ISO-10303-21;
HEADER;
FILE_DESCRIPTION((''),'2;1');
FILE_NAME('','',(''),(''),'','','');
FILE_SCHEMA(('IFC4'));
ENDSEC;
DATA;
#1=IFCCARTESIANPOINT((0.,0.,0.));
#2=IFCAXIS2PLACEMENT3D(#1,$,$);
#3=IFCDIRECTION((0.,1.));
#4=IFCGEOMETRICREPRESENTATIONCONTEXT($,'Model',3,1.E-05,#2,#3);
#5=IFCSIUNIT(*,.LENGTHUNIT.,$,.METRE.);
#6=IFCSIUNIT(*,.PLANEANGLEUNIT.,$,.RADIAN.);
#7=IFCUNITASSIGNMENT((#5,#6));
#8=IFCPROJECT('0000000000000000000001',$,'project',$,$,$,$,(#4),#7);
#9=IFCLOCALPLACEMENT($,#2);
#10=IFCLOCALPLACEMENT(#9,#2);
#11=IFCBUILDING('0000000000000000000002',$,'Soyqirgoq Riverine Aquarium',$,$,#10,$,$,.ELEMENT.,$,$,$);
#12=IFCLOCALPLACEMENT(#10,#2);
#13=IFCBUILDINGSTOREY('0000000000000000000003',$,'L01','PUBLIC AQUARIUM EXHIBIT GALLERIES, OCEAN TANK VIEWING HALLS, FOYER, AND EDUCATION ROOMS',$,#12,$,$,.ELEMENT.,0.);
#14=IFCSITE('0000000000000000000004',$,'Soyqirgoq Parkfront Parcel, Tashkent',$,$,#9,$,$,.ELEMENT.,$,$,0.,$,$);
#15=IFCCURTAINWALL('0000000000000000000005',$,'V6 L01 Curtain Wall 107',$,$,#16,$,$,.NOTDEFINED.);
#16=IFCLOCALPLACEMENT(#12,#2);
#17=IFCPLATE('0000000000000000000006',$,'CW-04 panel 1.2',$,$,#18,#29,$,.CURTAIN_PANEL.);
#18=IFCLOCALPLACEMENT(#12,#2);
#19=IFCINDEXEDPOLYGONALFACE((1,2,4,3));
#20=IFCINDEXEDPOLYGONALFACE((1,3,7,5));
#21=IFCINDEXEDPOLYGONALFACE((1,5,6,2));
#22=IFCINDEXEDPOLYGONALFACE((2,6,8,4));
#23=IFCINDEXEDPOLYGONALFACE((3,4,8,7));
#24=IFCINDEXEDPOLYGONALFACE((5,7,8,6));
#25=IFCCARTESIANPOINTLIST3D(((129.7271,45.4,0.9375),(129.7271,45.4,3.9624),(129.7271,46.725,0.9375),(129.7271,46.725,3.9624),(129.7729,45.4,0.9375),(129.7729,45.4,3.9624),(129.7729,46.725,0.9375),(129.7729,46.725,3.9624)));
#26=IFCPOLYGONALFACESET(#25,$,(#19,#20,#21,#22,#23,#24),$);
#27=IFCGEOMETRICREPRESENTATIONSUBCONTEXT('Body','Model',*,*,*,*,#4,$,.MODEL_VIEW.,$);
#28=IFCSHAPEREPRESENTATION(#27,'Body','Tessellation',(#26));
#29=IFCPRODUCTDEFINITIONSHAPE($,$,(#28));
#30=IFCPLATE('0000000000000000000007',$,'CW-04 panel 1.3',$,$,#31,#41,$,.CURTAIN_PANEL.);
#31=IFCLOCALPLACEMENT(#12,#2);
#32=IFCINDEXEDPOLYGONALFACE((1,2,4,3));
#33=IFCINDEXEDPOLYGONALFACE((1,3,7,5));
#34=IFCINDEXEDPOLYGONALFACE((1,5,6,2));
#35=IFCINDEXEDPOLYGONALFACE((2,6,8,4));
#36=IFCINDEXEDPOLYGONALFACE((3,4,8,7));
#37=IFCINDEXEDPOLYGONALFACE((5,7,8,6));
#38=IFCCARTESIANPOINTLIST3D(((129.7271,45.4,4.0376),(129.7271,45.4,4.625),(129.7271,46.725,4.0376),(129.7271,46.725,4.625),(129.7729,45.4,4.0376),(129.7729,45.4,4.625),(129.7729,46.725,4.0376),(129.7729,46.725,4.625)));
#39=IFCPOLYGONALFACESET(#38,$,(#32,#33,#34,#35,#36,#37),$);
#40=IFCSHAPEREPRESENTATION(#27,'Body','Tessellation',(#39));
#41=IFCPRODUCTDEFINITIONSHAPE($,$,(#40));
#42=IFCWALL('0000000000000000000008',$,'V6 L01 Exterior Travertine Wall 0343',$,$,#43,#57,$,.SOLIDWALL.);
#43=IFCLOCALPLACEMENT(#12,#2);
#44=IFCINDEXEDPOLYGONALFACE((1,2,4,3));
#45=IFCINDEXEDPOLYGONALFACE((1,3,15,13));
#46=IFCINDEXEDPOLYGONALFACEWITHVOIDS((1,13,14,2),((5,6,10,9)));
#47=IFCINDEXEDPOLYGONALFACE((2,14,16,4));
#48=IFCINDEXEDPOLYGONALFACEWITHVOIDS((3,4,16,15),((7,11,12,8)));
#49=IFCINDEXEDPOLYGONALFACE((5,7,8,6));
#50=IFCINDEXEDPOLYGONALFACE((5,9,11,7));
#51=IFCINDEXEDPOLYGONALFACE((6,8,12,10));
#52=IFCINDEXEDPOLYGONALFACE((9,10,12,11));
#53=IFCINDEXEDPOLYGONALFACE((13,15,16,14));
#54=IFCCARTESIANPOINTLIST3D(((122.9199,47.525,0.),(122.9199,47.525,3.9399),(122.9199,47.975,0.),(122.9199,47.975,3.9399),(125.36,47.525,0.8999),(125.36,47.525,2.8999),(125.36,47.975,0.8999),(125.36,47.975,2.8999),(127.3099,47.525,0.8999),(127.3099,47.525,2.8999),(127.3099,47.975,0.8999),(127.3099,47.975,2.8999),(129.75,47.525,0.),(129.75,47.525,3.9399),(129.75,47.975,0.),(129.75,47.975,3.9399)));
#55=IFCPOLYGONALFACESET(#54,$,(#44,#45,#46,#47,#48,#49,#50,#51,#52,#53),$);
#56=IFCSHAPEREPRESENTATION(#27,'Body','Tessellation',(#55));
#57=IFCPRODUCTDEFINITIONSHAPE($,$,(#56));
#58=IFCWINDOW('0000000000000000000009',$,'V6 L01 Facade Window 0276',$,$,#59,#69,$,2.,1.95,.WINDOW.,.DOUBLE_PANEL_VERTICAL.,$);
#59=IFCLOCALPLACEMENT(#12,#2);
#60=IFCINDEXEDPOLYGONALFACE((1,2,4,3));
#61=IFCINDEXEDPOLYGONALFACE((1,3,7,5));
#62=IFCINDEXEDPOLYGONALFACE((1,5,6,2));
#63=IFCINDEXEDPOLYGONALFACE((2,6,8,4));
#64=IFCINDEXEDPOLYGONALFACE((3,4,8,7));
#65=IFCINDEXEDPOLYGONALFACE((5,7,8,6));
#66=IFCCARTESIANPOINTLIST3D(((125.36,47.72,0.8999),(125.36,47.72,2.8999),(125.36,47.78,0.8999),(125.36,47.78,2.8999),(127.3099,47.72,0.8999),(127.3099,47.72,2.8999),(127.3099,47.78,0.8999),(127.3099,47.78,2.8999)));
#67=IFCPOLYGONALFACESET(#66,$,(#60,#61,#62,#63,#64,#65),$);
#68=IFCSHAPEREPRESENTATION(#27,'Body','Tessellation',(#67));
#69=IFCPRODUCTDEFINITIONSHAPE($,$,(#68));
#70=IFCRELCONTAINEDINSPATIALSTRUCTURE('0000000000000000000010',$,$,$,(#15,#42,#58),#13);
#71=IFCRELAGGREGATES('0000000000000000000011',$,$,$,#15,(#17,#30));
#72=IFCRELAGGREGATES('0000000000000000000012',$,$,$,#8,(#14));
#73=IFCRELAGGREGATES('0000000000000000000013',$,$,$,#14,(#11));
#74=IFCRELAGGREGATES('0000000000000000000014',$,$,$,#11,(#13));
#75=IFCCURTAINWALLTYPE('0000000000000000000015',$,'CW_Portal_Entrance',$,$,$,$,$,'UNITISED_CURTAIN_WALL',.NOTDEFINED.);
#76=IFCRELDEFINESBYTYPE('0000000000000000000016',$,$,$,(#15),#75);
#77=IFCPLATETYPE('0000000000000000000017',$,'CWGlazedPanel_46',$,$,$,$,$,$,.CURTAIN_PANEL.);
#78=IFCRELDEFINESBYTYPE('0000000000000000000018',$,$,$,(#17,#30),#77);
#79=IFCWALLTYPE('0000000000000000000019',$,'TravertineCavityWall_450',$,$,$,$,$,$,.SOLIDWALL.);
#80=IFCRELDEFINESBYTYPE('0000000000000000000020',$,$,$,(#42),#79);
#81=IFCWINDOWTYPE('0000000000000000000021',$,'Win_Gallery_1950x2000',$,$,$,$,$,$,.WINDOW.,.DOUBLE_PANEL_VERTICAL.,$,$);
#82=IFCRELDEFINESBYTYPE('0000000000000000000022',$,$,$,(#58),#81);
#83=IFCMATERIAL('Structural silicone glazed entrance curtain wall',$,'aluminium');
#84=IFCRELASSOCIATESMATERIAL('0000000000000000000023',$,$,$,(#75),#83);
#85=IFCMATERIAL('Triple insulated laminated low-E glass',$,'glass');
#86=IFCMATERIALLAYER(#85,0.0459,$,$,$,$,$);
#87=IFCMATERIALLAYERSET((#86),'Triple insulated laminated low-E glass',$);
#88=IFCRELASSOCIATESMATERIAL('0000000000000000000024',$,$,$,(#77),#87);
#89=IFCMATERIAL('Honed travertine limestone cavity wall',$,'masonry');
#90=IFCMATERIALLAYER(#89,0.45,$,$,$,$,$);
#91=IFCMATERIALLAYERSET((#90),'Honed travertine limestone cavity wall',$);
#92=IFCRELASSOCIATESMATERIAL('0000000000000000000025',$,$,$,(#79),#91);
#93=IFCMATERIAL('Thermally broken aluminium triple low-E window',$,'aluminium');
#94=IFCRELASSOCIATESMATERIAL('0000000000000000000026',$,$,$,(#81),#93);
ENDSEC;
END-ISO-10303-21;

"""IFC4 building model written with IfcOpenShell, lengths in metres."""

from ifc_helpers import new_model, si_unit, direction, frame, frame_2d, origin, origin_2d, place, context, subcontext, project, spatial, rectangle, extrude, material, layer, layer_set, type_object, element, fill, aggregate, save


model = new_model("IFC4")

# Units and contexts
model_context = context("Model", 3, precision=1e-05, world=origin(), true_north=direction((0.0, 1.0)))
body_context = subcontext(model_context, "Body", "Model", "MODEL_VIEW")
ifc_project = project(units=[si_unit("LENGTHUNIT", "METRE"), si_unit("PLANEANGLEUNIT", "RADIAN")], contexts=[model_context])

# Site, building, storey
site_placement = place(None, origin())
site = spatial("IfcSite", under=ifc_project, at=site_placement, Name="Soyqirgoq Parkfront Parcel, Tashkent", CompositionType="ELEMENT", RefElevation=0.0)
building_placement = place(site_placement, origin())
building = spatial("IfcBuilding", under=site, at=building_placement, Name="Soyqirgoq Riverine Aquarium", CompositionType="ELEMENT")
storey_placement = place(building_placement, origin())
storey = spatial("IfcBuildingStorey", under=building, at=storey_placement, Name="L01", Description="PUBLIC AQUARIUM EXHIBIT GALLERIES, OCEAN TANK VIEWING HALLS, FOYER, AND EDUCATION ROOMS", CompositionType="ELEMENT", Elevation=0.0)

# Curtain wall
ifc_material_1 = material(Name="Structural silicone glazed entrance curtain wall", Category="aluminium")
curtain_wall_type = type_object("IfcCurtainWallType", Name="CW_Portal_Entrance", ElementType="UNITISED_CURTAIN_WALL", PredefinedType="NOTDEFINED", material=ifc_material_1)
curtain_wall_placement = place(storey_placement, origin())
curtain_wall = element("IfcCurtainWall", 1, at=curtain_wall_placement, inside=storey, type_object=curtain_wall_type, Name="V6 L01 Curtain Wall 107", PredefinedType="NOTDEFINED")

# Plates
ifc_material_2 = material(Name="Triple insulated laminated low-E glass", Category="glass")
ifc_layer_1 = layer(ifc_material_2, 0.0459)
ifc_layer_set_1 = layer_set([ifc_layer_1], Name="Triple insulated laminated low-E glass")
plate_type = type_object("IfcPlateType", Name="CWGlazedPanel_46", PredefinedType="CURTAIN_PANEL", material=ifc_layer_set_1)
plate_1_placement = place(storey_placement, frame((129.75, 46.0625, 0.9375), z_axis=(0.0, 0.0, 1.0), x_axis=(0.0, -1.0, 0.0)))
plate_1 = element("IfcPlate", 2, at=plate_1_placement, type_object=plate_type, Name="CW-04 panel 1.2", PredefinedType="CURTAIN_PANEL", context=body_context, shape_type="SweptSolid", body=[
    extrude(rectangle(XDim=1.325, YDim=0.0459, at=origin_2d()), origin(), (0.0, 0.0, 1.0), 3.0249),
])
plate_2_placement = place(storey_placement, frame((129.75, 46.0625, 4.0376), z_axis=(0.0, 0.0, 1.0), x_axis=(0.0, -1.0, 0.0)))
plate_2 = element("IfcPlate", 3, at=plate_2_placement, type_object=plate_type, Name="CW-04 panel 1.3", PredefinedType="CURTAIN_PANEL", context=body_context, shape_type="SweptSolid", body=[
    extrude(rectangle(XDim=1.325, YDim=0.0459, at=origin_2d()), origin(), (0.0, 0.0, 1.0), 0.5874),
])
aggregate(curtain_wall, [plate_1, plate_2])

# Wall, opening, window
ifc_material_3 = material(Name="Honed travertine limestone cavity wall", Category="masonry")
ifc_layer_2 = layer(ifc_material_3, 0.45)
ifc_layer_set_2 = layer_set([ifc_layer_2], Name="Honed travertine limestone cavity wall")
wall_type = type_object("IfcWallType", Name="TravertineCavityWall_450", PredefinedType="SOLIDWALL", material=ifc_layer_set_2)
wall_1_placement = place(storey_placement, frame((122.9199, 47.75, 0.0), z_axis=(0.0, 0.0, 1.0), x_axis=(1.0, 0.0, 0.0)))
wall_1 = element("IfcWall", 4, at=wall_1_placement, inside=storey, type_object=wall_type, Name="V6 L01 Exterior Travertine Wall 0343", PredefinedType="SOLIDWALL", context=body_context, shape_type="SweptSolid", body=[
    extrude(rectangle(XDim=6.8301, YDim=0.45, at=frame_2d((3.415, 0.0))), origin(), (0.0, 0.0, 1.0), 3.9399),
])
opening_1_placement = place(wall_1_placement, frame((2.4399, 0.0, 0.8999)))
opening_1 = element("IfcOpeningElement", 5, at=opening_1_placement, cuts=wall_1, PredefinedType="OPENING", context=body_context, shape_type="SweptSolid", body=[
    extrude(rectangle(XDim=1.95, YDim=2.0, at=frame_2d((0.9751, 1.0))), frame((0.0, 0.2349, 0.0), z_axis=(0.0, -1.0, 0.0), x_axis=(1.0, 0.0, 0.0)), (0.0, 0.0, 1.0), 0.47),
])
ifc_material_4 = material(Name="Thermally broken aluminium triple low-E window", Category="aluminium")
window_type = type_object("IfcWindowType", Name="Win_Gallery_1950x2000", PartitioningType="DOUBLE_PANEL_VERTICAL", PredefinedType="WINDOW", material=ifc_material_4)
window_placement = place(opening_1_placement, origin())
window = element("IfcWindow", 6, at=window_placement, inside=storey, type_object=window_type, Name="V6 L01 Facade Window 0276", OverallHeight=2.0, OverallWidth=1.95, PartitioningType="DOUBLE_PANEL_VERTICAL", PredefinedType="WINDOW", context=body_context, shape_type="SweptSolid", body=[
    extrude(rectangle(XDim=1.95, YDim=2.0, at=frame_2d((0.9751, 1.0))), frame((0.0, 0.03, 0.0), z_axis=(0.0, -1.0, 0.0), x_axis=(1.0, 0.0, 0.0)), (0.0, 0.0, 1.0), 0.0601),
])
fill(opening_1, window)

save(model, "model.ifc")
